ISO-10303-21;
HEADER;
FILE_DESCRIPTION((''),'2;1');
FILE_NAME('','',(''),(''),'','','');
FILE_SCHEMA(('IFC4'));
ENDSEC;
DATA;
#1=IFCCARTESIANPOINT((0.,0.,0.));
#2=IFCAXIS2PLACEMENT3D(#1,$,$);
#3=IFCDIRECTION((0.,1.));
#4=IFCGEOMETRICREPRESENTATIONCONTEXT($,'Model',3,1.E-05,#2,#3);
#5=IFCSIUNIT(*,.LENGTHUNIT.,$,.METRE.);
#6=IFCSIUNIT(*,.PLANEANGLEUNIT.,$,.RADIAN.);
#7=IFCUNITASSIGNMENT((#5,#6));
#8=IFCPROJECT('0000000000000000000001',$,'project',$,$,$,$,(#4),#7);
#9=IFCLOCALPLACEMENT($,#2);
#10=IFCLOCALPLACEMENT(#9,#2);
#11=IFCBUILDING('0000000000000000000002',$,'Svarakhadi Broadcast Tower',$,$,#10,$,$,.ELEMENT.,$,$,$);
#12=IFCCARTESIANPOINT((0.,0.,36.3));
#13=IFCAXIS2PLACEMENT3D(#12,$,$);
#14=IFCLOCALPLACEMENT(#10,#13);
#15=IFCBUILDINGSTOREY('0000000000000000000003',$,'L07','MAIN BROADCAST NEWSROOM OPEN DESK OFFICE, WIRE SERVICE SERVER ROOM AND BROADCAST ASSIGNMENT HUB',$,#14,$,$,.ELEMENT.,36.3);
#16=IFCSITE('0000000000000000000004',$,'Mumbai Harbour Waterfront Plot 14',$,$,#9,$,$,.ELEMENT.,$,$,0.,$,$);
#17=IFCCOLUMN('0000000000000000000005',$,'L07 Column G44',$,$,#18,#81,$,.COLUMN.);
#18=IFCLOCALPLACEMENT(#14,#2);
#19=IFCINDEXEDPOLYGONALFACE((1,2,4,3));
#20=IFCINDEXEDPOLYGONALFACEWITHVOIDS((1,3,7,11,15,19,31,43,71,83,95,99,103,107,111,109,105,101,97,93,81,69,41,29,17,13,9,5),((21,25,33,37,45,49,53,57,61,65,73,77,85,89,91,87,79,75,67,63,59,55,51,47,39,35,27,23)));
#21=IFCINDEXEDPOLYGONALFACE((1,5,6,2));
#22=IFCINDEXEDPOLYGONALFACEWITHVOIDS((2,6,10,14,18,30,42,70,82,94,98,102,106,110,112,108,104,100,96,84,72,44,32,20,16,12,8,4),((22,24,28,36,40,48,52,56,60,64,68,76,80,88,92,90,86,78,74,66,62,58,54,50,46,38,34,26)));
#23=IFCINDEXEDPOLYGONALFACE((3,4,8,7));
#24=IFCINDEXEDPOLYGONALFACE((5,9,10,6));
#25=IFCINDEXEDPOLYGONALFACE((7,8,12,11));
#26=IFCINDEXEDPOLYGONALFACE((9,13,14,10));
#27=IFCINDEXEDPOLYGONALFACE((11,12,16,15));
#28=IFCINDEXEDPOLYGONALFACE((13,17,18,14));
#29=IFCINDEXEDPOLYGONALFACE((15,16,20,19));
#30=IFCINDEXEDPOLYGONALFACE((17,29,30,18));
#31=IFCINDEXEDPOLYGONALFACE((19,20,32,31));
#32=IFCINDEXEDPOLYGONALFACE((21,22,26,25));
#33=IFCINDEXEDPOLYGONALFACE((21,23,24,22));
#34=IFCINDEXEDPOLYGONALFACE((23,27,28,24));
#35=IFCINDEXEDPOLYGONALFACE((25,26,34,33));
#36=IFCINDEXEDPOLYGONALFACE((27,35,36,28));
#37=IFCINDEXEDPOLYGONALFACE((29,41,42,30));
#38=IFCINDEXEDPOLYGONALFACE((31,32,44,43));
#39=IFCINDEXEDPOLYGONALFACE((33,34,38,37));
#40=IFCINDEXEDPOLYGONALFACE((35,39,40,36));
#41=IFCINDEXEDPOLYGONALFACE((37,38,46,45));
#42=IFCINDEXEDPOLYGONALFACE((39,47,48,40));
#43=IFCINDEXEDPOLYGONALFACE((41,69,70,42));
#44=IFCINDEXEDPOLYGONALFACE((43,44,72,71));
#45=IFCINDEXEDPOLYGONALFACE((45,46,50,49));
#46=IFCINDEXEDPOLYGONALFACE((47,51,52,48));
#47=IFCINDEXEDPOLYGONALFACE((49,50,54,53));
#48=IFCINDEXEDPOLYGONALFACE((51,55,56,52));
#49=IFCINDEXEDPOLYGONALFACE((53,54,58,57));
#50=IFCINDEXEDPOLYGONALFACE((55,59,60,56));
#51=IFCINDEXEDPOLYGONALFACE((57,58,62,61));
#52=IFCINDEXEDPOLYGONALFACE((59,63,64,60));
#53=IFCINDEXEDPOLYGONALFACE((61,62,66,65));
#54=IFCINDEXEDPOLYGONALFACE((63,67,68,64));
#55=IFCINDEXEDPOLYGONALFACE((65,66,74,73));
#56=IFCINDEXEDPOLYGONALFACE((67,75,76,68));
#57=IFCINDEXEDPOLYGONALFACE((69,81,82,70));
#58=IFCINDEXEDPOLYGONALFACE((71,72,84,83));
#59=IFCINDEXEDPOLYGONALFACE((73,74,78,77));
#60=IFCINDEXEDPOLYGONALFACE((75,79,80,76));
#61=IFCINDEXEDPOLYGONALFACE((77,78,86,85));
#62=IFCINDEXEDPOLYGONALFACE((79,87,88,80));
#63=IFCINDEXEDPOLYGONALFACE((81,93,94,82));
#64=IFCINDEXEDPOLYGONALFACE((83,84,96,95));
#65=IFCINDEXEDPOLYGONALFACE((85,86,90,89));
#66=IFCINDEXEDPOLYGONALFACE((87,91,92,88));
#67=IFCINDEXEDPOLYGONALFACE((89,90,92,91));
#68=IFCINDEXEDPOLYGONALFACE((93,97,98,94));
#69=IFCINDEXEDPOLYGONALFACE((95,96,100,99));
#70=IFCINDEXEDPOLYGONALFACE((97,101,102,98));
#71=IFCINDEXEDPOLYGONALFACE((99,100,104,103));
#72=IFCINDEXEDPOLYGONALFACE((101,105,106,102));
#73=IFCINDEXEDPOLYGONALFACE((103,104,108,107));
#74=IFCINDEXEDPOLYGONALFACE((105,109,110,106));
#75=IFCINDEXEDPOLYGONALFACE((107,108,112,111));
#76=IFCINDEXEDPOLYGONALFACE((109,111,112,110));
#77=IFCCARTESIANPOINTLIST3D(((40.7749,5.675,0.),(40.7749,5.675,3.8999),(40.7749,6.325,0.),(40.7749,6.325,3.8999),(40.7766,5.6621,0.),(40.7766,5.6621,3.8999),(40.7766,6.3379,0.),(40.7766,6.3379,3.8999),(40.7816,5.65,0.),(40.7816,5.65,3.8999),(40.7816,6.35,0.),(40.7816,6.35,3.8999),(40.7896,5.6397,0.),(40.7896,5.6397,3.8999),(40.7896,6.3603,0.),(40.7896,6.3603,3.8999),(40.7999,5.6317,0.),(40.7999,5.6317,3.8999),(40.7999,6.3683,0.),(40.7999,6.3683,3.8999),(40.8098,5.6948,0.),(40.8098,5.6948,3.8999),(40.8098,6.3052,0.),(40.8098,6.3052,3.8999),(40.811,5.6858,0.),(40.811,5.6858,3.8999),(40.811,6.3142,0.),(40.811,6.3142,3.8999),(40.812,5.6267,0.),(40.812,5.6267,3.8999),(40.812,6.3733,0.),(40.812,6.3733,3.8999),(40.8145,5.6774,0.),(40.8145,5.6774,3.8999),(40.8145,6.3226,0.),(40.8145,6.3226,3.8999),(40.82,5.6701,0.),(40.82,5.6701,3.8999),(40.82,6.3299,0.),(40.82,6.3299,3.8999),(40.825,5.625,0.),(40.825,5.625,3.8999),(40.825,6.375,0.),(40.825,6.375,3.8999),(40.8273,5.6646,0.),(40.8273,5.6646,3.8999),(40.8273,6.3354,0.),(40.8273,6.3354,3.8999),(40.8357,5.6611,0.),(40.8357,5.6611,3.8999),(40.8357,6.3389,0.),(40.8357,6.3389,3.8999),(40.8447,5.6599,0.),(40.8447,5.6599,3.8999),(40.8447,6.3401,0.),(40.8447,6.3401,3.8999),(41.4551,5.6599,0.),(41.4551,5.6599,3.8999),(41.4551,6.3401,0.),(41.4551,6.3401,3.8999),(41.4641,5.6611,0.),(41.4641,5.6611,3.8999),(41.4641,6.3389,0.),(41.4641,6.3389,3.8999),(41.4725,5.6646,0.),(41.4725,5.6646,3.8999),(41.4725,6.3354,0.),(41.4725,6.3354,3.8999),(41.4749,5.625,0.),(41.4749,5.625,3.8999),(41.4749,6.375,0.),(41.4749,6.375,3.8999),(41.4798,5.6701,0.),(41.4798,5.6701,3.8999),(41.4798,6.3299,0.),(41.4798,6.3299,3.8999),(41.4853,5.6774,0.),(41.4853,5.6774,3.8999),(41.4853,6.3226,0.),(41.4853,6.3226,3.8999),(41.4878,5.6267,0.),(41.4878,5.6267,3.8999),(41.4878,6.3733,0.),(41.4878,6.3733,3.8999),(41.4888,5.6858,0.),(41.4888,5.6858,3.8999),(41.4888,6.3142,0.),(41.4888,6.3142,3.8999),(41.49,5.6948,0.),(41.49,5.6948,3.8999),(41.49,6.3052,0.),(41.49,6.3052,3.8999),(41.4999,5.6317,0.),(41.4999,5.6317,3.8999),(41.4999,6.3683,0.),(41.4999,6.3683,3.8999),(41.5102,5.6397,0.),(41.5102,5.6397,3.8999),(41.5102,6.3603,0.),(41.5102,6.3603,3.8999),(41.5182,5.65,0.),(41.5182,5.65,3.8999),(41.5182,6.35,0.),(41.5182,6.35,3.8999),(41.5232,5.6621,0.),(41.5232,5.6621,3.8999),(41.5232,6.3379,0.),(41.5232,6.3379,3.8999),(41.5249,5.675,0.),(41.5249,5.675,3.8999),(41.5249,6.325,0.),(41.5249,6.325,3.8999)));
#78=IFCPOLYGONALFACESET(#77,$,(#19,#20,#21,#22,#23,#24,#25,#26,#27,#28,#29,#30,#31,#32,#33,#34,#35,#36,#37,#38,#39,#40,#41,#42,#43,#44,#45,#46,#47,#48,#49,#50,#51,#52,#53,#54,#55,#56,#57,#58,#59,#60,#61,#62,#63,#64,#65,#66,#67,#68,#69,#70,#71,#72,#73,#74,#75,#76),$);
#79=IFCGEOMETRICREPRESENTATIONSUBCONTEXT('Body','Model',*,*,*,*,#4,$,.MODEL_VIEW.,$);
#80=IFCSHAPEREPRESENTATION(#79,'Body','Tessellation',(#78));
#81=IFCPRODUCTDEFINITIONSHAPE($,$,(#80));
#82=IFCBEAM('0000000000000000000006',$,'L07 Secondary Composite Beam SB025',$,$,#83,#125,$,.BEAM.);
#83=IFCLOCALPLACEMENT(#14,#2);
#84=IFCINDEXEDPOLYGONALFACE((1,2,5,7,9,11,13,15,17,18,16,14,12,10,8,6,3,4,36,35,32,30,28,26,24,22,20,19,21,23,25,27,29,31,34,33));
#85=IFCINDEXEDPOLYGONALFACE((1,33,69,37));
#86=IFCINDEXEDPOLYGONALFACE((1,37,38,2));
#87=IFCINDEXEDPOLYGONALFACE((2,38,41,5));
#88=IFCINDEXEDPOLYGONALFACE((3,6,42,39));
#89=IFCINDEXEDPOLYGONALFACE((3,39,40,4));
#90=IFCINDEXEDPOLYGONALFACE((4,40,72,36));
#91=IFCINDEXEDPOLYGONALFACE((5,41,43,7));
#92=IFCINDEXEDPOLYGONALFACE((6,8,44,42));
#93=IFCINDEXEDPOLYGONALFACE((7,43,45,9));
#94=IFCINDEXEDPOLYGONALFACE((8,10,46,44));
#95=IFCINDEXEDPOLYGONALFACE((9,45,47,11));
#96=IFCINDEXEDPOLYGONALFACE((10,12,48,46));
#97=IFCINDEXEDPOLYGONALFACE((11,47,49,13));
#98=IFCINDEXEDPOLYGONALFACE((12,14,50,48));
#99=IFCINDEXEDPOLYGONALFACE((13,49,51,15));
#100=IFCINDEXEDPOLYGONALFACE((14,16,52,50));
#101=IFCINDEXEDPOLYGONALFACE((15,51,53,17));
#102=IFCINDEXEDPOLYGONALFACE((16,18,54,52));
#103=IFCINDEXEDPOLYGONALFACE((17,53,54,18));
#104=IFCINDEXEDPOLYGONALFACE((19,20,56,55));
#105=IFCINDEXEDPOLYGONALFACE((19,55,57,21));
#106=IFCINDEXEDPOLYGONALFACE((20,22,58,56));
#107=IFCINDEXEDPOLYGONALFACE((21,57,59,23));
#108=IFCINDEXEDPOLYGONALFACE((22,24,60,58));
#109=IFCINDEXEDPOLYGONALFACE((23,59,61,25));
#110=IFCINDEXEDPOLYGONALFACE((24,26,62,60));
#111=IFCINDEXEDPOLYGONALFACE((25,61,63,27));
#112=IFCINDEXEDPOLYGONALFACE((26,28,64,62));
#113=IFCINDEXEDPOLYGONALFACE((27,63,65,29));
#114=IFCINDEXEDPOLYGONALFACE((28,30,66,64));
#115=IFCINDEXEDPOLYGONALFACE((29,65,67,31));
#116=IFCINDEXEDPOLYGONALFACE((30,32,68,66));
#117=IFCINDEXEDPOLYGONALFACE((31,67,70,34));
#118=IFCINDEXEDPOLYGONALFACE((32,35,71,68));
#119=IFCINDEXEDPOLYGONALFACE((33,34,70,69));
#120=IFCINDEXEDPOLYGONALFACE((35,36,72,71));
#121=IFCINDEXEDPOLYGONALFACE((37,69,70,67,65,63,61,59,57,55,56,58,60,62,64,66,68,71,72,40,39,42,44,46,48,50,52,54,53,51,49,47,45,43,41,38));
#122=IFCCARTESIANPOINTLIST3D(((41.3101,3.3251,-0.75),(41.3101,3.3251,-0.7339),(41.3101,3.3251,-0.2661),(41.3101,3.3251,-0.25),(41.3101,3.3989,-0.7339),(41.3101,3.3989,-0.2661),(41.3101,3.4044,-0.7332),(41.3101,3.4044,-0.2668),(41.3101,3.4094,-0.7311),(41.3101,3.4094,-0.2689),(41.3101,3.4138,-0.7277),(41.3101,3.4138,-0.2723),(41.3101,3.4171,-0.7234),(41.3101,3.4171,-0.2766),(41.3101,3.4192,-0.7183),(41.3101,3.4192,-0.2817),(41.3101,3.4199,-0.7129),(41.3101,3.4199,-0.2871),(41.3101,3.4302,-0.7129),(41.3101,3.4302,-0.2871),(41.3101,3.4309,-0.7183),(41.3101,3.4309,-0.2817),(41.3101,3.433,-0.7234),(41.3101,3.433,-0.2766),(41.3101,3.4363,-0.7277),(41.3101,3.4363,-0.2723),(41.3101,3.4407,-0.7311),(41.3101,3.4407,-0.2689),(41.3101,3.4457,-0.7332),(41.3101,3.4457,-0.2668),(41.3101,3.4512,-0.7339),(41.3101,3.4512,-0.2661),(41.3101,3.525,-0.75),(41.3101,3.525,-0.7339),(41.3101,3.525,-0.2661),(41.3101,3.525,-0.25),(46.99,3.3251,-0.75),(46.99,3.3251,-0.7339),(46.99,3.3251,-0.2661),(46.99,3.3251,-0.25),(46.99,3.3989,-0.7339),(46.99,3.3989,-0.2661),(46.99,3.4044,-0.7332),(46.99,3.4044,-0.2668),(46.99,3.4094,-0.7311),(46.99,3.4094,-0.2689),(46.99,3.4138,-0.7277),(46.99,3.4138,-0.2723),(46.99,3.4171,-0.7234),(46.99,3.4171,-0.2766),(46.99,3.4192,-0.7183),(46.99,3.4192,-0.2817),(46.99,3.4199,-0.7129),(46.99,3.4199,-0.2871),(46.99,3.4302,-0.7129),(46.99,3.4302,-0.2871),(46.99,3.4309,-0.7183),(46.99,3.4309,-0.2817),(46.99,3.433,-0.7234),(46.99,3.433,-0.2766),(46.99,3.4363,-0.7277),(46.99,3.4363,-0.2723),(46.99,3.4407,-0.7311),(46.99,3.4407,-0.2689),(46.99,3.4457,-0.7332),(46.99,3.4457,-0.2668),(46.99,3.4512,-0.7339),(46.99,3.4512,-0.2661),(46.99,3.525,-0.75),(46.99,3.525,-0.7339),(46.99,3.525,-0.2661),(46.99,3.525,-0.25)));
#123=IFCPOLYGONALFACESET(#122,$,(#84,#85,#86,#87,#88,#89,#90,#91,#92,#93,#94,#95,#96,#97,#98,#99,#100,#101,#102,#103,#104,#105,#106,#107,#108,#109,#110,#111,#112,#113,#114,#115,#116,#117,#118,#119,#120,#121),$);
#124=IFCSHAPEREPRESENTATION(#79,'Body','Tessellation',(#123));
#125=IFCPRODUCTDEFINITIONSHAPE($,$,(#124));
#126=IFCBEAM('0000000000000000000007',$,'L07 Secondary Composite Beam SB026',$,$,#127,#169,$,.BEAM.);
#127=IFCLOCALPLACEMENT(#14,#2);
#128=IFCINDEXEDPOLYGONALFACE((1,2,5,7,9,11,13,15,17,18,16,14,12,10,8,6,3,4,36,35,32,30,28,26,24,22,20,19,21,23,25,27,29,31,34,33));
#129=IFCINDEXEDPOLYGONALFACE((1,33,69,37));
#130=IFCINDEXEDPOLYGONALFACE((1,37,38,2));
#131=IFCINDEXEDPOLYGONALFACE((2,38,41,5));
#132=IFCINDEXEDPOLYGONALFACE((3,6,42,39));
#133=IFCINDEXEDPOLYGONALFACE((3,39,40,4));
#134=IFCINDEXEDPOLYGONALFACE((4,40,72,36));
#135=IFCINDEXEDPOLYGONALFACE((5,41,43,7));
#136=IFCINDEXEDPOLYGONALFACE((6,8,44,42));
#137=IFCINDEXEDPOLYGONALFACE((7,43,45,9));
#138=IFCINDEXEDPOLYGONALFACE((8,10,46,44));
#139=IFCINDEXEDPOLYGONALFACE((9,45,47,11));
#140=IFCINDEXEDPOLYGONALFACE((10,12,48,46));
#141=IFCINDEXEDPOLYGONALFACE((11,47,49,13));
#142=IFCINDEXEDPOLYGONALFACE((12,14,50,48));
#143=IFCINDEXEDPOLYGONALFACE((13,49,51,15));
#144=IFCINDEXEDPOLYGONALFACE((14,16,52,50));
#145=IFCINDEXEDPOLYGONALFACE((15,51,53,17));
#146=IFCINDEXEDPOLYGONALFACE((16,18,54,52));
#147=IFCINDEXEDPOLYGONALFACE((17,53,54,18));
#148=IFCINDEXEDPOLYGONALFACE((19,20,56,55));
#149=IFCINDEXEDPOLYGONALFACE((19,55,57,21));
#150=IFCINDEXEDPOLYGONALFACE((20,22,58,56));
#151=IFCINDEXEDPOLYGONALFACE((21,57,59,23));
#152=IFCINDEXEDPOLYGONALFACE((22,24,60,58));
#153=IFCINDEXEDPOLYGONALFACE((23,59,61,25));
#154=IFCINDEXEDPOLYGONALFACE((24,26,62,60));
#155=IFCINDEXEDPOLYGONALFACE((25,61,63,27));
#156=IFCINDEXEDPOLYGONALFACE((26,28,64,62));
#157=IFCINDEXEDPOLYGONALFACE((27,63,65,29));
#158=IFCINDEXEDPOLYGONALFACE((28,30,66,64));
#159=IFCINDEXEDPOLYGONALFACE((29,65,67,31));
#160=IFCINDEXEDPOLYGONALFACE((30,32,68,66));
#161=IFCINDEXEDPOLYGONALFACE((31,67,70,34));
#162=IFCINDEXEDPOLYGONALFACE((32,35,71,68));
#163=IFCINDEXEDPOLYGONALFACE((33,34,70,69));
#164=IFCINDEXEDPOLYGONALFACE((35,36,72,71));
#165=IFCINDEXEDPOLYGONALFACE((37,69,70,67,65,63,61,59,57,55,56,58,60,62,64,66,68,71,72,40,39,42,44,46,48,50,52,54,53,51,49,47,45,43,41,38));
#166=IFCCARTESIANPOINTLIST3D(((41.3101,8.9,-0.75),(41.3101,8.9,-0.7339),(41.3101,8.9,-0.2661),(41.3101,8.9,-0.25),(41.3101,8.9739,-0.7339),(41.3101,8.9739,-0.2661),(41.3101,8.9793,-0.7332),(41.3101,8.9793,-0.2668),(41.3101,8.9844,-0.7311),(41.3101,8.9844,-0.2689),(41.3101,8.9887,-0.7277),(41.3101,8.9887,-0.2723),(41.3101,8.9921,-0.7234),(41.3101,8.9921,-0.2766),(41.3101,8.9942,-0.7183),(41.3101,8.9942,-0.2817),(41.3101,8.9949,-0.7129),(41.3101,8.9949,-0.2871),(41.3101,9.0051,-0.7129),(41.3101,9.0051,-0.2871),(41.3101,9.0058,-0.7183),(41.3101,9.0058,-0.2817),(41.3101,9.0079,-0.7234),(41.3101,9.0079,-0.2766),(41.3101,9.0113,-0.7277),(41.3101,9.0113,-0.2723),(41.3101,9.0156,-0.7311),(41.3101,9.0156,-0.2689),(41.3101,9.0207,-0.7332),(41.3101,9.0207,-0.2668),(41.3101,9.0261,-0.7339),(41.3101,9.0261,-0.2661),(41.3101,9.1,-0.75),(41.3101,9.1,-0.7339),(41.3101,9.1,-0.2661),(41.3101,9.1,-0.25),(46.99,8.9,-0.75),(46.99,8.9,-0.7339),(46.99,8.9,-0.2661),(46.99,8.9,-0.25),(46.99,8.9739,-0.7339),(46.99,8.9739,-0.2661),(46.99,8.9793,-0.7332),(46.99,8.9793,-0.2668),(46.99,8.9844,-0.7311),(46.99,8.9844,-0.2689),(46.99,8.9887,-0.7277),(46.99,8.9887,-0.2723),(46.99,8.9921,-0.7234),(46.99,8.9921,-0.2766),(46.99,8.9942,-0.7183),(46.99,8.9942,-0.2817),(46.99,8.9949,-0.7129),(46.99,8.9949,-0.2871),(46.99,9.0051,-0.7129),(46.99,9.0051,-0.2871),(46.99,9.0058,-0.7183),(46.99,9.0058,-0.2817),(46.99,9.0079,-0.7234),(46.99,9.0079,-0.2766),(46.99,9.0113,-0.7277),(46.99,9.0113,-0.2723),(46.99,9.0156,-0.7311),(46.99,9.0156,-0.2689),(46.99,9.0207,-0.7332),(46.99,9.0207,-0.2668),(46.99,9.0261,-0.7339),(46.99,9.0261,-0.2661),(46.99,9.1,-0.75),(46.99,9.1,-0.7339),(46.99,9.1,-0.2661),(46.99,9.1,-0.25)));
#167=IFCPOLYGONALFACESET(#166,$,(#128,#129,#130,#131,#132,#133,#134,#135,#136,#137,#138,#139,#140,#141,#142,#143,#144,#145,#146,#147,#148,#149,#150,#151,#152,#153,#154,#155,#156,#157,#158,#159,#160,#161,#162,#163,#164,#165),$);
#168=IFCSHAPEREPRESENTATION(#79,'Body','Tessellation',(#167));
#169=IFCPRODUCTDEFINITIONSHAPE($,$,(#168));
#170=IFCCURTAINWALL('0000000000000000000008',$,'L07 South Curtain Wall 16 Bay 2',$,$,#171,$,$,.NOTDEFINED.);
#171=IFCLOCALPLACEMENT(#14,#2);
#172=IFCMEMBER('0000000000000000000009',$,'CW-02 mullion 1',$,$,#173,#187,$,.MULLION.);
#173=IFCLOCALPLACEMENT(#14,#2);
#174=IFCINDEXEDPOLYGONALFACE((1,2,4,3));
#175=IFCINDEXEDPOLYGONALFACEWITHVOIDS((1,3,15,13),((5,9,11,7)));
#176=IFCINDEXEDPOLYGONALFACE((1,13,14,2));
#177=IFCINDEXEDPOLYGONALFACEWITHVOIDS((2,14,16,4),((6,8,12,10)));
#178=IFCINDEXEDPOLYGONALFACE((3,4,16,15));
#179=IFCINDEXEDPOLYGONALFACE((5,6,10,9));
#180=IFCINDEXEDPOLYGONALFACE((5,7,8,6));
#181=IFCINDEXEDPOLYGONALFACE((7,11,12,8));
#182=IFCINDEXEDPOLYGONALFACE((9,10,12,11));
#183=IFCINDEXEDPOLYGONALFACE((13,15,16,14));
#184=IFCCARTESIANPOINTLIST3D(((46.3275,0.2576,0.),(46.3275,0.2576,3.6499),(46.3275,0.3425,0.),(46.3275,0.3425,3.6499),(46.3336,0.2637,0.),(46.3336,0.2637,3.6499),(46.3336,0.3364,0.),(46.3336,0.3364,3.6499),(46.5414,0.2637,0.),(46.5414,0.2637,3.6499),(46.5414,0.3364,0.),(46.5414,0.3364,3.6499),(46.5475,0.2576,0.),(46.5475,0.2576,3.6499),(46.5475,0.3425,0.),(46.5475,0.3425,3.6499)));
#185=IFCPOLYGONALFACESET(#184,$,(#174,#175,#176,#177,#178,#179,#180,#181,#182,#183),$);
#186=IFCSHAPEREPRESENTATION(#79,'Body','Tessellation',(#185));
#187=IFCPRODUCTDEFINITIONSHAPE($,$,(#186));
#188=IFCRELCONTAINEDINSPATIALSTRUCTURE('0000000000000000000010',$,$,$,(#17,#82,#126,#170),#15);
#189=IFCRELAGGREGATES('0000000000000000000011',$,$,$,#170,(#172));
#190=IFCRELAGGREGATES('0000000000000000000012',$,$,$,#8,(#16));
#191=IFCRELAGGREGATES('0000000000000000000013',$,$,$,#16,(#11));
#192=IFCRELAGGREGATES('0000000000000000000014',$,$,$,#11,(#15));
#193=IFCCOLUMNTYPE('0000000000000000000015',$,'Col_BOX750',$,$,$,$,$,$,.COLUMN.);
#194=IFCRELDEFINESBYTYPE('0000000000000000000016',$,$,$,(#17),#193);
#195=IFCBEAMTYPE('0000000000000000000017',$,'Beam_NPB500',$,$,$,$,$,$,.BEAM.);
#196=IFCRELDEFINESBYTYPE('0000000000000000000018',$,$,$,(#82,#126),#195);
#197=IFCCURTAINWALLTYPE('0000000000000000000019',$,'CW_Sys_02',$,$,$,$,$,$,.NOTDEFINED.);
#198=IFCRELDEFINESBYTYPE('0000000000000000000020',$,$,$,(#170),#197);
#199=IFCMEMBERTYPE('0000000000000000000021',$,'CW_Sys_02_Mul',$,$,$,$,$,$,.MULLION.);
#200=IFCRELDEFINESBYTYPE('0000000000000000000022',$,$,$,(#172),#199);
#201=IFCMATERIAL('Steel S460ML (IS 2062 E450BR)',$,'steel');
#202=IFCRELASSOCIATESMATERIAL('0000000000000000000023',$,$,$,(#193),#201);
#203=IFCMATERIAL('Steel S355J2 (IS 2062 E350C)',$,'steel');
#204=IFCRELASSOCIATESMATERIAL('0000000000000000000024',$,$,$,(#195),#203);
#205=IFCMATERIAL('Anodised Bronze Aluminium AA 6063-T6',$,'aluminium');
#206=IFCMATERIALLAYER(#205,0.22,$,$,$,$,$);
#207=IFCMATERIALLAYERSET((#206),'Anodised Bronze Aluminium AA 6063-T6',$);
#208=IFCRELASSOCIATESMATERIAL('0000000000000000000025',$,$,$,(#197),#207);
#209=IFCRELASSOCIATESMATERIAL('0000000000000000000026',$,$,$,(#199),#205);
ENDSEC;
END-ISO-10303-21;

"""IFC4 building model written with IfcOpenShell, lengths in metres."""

from ifc_helpers import new_model, si_unit, direction, frame, origin, origin_2d, place, context, subcontext, project, spatial, hollow_rectangle, i_section, extrude, material, layer, layer_set, material_profile, profile_set, type_object, element, aggregate, save


model = new_model("IFC4")

# Units and contexts
model_context = context("Model", 3, precision=1e-05, world=origin(), true_north=direction((0.0, 1.0)))
body_context = subcontext(model_context, "Body", "Model", "MODEL_VIEW")
ifc_project = project(units=[si_unit("LENGTHUNIT", "METRE"), si_unit("PLANEANGLEUNIT", "RADIAN")], contexts=[model_context])

# Site, building, storey
site_placement = place(None, origin())
site = spatial("IfcSite", under=ifc_project, at=site_placement, Name="Mumbai Harbour Waterfront Plot 14", CompositionType="ELEMENT", RefElevation=0.0)
building_placement = place(site_placement, origin())
building = spatial("IfcBuilding", under=site, at=building_placement, Name="Svarakhadi Broadcast Tower", CompositionType="ELEMENT")
storey_placement = place(building_placement, frame((0.0, 0.0, 36.3)))
storey = spatial("IfcBuildingStorey", under=building, at=storey_placement, Name="L07", Description="MAIN BROADCAST NEWSROOM OPEN DESK OFFICE, WIRE SERVICE SERVER ROOM AND BROADCAST ASSIGNMENT HUB", CompositionType="ELEMENT", Elevation=36.3)

# Column
ifc_material_1 = material(Name="Steel S460ML (IS 2062 E450BR)", Category="steel")
ifc_material_profile_1 = material_profile(ifc_material_1, hollow_rectangle(XDim=0.75, YDim=0.75, WallThickness=0.0349, InnerFilletRadius=0.0349, OuterFilletRadius=0.05, at=origin_2d()), Name="BOX 750x750x35")
ifc_profile_set_1 = profile_set([ifc_material_profile_1], Name="Steel S460ML (IS 2062 E450BR)")
column_type = type_object("IfcColumnType", Name="Col_BOX750", PredefinedType="COLUMN", material=ifc_profile_set_1)
column_placement = place(storey_placement, frame((41.1499, 6.0, 0.0), z_axis=(0.0, 0.0, 1.0), x_axis=(1.0, 0.0, 0.0)))
element("IfcColumn", 1, at=column_placement, inside=storey, type_object=column_type, Name="L07 Column G44", PredefinedType="COLUMN", context=body_context, shape_type="SweptSolid", body=[
    extrude(hollow_rectangle(XDim=0.75, YDim=0.75, WallThickness=0.0349, InnerFilletRadius=0.0349, OuterFilletRadius=0.05, at=origin_2d()), origin(), (0.0, 0.0, 1.0), 3.8999),
])

# Beams
ifc_material_2 = material(Name="Steel S355J2 (IS 2062 E350C)", Category="steel")
ifc_material_profile_2 = material_profile(ifc_material_2, i_section(OverallWidth=0.2, OverallDepth=0.5, WebThickness=0.0103, FlangeThickness=0.0161, FilletRadius=0.021, at=origin_2d()), Name="NPB 500x200x91")
ifc_profile_set_2 = profile_set([ifc_material_profile_2], Name="Steel S355J2 (IS 2062 E350C)")
beam_type_1 = type_object("IfcBeamType", Name="Beam_NPB500", PredefinedType="BEAM", material=ifc_profile_set_2)
for number, where, z_axis, x_axis, name in (
    (2, (41.3101, 3.425, -0.5), (1.0, 0.0, 0.0), (0.0, 1.0, 0.0), "L07 Secondary Composite Beam SB025"),
    (3, (41.3101, 9.0, -0.5), (1.0, 0.0, 0.0), (0.0, 1.0, 0.0), "L07 Secondary Composite Beam SB026"),
):
    element("IfcBeam", number, at=place(storey_placement, frame(where, z_axis=z_axis, x_axis=x_axis)), inside=storey, type_object=beam_type_1, Name=name, PredefinedType="BEAM", context=body_context, shape_type="SweptSolid", body=[
        extrude(i_section(OverallWidth=0.2, OverallDepth=0.5, WebThickness=0.0103, FlangeThickness=0.0161, FilletRadius=0.021, at=origin_2d()), origin(), (0.0, 0.0, 1.0), 5.6799),
    ])

# Curtain wall, member
ifc_material_3 = material(Name="Anodised Bronze Aluminium AA 6063-T6", Category="aluminium")
ifc_layer_1 = layer(ifc_material_3, 0.22)
ifc_layer_set_1 = layer_set([ifc_layer_1], Name="Anodised Bronze Aluminium AA 6063-T6")
curtain_wall_type = type_object("IfcCurtainWallType", Name="CW_Sys_02", PredefinedType="NOTDEFINED", material=ifc_layer_set_1)
curtain_wall_placement = place(storey_placement, origin())
curtain_wall = element("IfcCurtainWall", 4, at=curtain_wall_placement, inside=storey, type_object=curtain_wall_type, Name="L07 South Curtain Wall 16 Bay 2", PredefinedType="NOTDEFINED")
ifc_material_profile_3 = material_profile(ifc_material_3, hollow_rectangle(XDim=0.085, YDim=0.22, WallThickness=0.0061, at=origin_2d()), Name="ALU MULLION 220x85x6")
ifc_profile_set_3 = profile_set([ifc_material_profile_3], Name="Anodised Bronze Aluminium AA 6063-T6")
member_type_1 = type_object("IfcMemberType", Name="CW_Sys_02_Mul", PredefinedType="MULLION", material=ifc_profile_set_3)
member_1_placement = place(storey_placement, frame((46.4375, 0.3, 0.0), z_axis=(0.0, 0.0, 1.0), x_axis=(0.0, -1.0, 0.0)))
member_1 = element("IfcMember", 5, at=member_1_placement, type_object=member_type_1, Name="CW-02 mullion 1", PredefinedType="MULLION", context=body_context, shape_type="SweptSolid", body=[
    extrude(hollow_rectangle(XDim=0.085, YDim=0.22, WallThickness=0.0061, at=origin_2d()), origin(), (0.0, 0.0, 1.0), 3.6499),
])

aggregate(curtain_wall, [member_1])

save(model, "model.ifc")
